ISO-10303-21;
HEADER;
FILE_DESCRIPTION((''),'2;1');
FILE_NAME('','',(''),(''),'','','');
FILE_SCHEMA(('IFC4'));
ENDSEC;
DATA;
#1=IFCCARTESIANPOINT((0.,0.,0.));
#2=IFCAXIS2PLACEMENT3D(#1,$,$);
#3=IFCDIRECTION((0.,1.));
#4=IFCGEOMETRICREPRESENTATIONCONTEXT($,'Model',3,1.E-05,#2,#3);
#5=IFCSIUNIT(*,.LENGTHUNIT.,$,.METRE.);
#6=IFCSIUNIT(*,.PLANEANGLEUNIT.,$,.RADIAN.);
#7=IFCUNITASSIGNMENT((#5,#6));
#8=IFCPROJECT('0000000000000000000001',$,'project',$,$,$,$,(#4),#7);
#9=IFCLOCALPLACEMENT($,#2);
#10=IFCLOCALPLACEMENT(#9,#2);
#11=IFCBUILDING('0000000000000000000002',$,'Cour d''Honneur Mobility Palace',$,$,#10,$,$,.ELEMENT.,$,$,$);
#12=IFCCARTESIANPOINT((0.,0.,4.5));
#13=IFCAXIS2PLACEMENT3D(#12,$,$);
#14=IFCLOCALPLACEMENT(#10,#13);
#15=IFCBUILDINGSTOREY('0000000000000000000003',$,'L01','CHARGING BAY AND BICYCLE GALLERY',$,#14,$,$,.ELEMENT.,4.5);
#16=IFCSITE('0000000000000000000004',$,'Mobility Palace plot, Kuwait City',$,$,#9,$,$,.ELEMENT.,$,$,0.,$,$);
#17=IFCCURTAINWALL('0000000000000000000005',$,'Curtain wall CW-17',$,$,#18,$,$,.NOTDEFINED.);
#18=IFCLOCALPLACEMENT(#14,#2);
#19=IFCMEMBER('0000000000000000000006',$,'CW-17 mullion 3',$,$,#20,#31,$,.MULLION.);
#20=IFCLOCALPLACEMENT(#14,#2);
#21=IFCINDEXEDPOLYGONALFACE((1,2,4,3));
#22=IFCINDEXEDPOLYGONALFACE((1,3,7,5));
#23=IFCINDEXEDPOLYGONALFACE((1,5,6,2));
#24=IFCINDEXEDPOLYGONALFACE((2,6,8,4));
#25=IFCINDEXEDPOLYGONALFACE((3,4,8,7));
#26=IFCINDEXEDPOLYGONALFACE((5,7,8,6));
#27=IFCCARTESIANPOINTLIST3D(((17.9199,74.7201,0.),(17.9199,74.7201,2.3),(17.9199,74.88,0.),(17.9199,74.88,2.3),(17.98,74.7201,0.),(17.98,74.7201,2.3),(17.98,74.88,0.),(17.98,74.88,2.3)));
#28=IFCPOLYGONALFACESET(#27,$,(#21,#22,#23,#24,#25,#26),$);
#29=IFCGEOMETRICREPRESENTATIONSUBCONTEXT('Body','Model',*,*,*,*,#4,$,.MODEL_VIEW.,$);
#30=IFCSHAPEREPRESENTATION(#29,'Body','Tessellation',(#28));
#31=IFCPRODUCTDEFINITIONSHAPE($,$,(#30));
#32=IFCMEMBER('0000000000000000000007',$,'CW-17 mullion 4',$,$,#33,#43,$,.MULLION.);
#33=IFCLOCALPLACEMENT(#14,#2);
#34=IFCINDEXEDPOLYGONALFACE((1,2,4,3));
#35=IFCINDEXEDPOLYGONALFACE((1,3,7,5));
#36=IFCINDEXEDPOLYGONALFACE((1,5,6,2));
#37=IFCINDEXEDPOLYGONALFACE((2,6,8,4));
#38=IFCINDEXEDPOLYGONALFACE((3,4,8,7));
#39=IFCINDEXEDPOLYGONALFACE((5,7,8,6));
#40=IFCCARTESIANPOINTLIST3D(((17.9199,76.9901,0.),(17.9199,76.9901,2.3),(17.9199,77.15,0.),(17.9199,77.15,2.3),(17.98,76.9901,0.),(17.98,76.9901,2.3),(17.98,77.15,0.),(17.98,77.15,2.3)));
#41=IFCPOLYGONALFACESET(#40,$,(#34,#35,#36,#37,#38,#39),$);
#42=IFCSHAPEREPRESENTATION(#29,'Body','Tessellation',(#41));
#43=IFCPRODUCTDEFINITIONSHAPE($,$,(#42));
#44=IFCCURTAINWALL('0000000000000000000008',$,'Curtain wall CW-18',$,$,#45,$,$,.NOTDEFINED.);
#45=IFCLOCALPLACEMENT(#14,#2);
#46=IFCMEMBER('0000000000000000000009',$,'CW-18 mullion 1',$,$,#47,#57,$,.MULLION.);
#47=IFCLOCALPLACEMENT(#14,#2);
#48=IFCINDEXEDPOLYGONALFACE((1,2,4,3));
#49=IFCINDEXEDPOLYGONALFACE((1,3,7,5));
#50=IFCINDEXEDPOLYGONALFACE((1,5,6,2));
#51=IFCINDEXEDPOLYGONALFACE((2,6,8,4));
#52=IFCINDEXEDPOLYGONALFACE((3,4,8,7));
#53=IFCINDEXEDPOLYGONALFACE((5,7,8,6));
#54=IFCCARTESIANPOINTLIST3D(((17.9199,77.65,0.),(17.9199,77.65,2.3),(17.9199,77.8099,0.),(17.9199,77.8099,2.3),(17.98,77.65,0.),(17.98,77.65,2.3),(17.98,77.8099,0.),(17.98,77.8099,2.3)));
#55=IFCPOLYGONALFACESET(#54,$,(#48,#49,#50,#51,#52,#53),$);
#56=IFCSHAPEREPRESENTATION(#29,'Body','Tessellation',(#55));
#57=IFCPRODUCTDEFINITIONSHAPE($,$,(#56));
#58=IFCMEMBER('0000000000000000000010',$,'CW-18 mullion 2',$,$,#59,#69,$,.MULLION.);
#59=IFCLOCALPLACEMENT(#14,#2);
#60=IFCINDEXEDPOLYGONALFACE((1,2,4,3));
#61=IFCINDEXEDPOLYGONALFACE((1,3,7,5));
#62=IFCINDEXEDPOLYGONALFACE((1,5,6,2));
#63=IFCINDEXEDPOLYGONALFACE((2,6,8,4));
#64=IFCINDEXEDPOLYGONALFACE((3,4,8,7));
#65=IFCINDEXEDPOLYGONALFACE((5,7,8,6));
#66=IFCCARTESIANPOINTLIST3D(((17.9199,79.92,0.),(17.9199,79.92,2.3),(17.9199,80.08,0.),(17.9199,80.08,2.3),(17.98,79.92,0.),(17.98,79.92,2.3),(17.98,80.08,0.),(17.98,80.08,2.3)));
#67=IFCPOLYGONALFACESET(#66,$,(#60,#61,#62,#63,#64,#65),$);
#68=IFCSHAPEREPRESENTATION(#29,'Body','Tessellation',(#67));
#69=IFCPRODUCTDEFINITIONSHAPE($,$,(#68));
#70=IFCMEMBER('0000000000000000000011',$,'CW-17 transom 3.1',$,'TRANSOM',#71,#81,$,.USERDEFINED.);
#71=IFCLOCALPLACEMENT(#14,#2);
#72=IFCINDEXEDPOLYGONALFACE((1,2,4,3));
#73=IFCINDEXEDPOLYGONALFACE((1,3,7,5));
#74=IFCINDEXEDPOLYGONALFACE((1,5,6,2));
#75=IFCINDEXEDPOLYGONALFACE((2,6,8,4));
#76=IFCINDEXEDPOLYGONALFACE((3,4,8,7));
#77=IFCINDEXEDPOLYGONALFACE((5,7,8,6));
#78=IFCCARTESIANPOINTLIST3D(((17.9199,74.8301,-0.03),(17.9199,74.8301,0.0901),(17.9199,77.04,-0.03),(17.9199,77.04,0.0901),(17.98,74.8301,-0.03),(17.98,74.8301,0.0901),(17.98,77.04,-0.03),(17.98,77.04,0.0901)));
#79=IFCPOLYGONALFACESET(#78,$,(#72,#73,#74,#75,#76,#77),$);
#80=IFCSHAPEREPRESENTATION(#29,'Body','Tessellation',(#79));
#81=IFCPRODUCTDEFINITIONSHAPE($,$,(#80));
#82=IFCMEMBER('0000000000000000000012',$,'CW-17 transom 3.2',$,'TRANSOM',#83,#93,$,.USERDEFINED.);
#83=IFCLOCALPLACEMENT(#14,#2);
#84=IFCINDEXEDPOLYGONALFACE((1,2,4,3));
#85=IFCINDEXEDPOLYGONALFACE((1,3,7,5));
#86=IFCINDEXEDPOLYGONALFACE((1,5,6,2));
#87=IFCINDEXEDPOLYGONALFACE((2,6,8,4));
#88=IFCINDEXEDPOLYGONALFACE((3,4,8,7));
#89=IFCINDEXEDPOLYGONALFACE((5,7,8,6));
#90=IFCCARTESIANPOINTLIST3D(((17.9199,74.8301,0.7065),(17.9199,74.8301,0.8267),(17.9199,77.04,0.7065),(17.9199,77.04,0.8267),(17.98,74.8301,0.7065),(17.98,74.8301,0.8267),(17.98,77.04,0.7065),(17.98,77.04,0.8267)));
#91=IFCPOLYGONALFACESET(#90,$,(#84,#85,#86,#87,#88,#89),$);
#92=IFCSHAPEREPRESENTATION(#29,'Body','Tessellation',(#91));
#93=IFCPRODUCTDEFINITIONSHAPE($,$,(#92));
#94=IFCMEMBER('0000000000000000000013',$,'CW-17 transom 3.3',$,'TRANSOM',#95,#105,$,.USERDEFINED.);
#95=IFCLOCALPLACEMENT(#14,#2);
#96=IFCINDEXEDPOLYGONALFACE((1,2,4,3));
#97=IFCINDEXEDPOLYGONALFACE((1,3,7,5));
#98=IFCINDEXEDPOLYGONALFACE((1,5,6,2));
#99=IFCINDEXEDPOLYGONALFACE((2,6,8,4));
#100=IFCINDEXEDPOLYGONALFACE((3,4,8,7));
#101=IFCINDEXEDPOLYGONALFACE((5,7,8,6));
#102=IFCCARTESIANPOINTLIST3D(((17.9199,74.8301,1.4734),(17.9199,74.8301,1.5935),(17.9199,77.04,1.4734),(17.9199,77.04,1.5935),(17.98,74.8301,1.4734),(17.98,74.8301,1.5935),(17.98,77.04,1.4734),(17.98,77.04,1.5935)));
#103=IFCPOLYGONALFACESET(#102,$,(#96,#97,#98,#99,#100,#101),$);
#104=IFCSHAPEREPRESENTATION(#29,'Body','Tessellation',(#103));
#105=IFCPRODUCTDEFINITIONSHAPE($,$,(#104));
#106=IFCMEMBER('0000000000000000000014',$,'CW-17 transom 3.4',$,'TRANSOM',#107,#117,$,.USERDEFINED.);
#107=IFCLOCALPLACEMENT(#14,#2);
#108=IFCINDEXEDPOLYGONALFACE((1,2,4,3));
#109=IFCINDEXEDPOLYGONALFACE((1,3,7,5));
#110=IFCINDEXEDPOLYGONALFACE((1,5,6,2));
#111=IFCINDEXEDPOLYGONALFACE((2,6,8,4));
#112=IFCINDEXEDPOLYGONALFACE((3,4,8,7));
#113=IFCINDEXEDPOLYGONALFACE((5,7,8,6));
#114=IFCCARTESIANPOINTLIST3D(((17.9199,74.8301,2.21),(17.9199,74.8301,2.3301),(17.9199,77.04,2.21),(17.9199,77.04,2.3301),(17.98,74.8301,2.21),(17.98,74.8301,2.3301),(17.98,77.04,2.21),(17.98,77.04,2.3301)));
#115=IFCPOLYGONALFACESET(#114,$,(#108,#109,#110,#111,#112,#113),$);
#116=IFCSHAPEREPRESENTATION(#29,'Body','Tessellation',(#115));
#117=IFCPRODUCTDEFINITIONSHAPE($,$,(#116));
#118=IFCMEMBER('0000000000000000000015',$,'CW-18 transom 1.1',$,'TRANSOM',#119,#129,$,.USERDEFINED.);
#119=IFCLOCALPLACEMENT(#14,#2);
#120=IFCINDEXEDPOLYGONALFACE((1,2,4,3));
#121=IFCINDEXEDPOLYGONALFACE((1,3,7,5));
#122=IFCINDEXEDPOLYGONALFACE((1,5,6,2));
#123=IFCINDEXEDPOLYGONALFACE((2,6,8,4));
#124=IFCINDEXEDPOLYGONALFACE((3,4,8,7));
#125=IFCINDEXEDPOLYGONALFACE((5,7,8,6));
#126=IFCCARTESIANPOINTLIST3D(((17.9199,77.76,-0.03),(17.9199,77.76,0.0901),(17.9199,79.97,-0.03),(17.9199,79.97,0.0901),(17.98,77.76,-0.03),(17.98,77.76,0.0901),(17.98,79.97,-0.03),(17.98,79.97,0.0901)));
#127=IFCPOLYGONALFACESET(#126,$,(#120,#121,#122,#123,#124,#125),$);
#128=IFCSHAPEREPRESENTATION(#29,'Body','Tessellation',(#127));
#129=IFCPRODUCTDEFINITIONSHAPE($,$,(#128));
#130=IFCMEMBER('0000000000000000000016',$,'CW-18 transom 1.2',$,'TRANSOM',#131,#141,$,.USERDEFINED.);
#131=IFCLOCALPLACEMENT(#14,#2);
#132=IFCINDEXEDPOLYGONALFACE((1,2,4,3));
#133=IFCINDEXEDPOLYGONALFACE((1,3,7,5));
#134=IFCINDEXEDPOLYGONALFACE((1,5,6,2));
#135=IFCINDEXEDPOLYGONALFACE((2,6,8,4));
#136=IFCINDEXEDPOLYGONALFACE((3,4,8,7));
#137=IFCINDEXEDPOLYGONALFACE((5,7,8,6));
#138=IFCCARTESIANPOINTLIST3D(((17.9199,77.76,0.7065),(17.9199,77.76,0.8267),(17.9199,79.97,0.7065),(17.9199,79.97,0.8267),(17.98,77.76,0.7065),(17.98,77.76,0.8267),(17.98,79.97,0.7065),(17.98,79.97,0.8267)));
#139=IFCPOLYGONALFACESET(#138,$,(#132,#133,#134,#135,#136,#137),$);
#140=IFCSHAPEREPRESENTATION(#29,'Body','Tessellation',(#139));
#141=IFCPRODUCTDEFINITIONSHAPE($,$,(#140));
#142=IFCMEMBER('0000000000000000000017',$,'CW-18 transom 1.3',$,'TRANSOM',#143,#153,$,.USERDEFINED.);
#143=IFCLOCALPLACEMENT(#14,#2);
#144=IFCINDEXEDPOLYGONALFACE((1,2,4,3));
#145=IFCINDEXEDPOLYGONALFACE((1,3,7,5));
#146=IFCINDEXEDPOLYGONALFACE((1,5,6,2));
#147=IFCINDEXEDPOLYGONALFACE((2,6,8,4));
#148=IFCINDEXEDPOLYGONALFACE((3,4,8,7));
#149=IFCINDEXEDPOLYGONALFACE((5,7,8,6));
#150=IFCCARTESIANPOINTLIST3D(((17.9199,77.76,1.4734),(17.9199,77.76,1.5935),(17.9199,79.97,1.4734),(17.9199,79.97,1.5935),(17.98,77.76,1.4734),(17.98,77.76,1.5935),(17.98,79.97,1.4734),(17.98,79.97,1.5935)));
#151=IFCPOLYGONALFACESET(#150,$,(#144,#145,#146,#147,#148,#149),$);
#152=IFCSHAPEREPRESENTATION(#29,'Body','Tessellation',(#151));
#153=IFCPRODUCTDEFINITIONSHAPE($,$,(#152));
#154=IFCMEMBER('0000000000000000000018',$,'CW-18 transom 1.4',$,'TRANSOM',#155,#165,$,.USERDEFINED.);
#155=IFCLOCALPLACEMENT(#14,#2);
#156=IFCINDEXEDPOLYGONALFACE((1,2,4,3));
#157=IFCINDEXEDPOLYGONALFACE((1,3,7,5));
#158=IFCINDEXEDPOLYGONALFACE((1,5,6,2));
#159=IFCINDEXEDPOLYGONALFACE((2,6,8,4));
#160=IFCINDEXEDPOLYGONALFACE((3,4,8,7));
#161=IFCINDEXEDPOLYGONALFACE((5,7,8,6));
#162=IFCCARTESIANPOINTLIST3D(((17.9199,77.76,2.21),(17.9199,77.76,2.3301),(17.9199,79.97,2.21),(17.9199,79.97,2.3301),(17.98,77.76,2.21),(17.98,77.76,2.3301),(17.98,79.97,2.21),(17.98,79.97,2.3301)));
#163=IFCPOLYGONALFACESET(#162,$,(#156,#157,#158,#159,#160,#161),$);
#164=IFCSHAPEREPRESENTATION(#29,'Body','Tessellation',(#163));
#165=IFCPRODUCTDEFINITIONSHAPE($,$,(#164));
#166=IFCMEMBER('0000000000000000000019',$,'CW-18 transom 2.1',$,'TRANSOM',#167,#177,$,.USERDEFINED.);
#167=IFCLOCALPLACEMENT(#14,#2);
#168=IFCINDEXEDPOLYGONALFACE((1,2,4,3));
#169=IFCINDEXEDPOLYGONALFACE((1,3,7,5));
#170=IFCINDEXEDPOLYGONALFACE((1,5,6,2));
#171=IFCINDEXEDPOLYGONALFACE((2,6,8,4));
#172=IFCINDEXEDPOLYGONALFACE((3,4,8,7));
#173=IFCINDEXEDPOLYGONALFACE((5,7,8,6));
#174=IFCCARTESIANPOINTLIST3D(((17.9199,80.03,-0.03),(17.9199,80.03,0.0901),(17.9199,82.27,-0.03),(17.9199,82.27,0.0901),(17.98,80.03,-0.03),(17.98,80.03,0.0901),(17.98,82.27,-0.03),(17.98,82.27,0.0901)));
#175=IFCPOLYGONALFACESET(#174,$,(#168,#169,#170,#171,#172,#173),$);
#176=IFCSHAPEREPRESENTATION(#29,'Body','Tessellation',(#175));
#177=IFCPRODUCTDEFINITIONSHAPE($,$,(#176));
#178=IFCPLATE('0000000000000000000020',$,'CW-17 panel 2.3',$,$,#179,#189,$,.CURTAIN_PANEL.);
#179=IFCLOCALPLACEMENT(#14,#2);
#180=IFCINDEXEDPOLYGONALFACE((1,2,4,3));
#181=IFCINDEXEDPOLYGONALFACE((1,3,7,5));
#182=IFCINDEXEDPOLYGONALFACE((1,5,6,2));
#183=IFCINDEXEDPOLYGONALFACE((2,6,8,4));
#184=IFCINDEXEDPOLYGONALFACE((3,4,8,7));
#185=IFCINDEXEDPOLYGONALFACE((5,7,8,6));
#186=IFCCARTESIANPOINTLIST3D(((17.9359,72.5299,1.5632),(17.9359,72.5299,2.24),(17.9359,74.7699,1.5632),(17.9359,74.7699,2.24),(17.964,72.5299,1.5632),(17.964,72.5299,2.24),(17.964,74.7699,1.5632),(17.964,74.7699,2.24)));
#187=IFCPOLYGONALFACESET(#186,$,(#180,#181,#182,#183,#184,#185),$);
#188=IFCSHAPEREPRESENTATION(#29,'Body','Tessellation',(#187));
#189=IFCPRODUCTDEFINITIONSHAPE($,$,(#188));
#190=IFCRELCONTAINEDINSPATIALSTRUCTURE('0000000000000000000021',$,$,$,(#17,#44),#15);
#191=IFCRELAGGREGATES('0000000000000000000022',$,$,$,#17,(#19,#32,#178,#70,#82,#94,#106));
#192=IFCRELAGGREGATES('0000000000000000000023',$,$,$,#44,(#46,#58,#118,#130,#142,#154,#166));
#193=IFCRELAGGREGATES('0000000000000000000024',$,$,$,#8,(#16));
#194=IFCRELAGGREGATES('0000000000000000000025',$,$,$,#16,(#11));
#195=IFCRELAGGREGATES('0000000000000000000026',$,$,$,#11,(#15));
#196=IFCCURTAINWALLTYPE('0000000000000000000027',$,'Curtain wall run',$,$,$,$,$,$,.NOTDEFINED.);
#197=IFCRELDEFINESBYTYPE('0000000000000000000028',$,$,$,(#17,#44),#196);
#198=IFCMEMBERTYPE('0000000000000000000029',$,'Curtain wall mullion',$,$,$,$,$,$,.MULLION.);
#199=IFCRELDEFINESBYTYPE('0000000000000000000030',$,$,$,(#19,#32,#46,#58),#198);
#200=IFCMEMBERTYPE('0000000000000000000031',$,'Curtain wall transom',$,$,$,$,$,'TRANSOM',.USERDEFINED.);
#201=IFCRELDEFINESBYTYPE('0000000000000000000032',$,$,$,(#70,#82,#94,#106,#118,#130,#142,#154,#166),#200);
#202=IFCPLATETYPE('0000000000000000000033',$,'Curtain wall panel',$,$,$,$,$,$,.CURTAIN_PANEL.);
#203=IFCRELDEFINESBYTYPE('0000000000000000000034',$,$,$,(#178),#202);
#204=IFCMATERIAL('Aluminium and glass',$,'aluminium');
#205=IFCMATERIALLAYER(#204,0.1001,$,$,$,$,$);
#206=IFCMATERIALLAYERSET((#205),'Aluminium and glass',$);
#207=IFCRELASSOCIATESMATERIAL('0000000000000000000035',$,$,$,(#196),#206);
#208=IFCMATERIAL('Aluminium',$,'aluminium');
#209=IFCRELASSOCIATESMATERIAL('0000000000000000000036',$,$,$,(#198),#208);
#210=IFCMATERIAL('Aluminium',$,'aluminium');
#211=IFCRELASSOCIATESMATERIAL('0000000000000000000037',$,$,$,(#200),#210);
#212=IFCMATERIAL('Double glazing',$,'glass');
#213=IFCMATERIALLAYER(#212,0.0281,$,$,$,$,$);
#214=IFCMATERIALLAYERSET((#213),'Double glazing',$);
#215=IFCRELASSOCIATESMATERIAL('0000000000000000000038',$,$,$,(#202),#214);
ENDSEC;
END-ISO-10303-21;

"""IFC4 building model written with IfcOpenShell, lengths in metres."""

from ifc_helpers import new_model, si_unit, direction, frame, origin, origin_2d, place, context, subcontext, project, spatial, rectangle, extrude, material, layer, layer_set, material_profile, profile_set, type_object, element, aggregate, save


model = new_model("IFC4")

# Units and contexts
model_context = context("Model", 3, precision=1e-05, world=origin(), true_north=direction((0.0, 1.0)))
body_context = subcontext(model_context, "Body", "Model", "MODEL_VIEW")
ifc_project = project(units=[si_unit("LENGTHUNIT", "METRE"), si_unit("PLANEANGLEUNIT", "RADIAN")], contexts=[model_context])

# Site, building, storey
site_placement = place(None, origin())
site = spatial("IfcSite", under=ifc_project, at=site_placement, Name="Mobility Palace plot, Kuwait City", CompositionType="ELEMENT", RefElevation=0.0)
building_placement = place(site_placement, origin())
building = spatial("IfcBuilding", under=site, at=building_placement, Name="Cour d'Honneur Mobility Palace", CompositionType="ELEMENT")
storey_placement = place(building_placement, frame((0.0, 0.0, 4.5)))
storey = spatial("IfcBuildingStorey", under=building, at=storey_placement, Name="L01", Description="CHARGING BAY AND BICYCLE GALLERY", CompositionType="ELEMENT", Elevation=4.5)

# Curtain walls, members
ifc_material_1 = material(Name="Aluminium and glass", Category="aluminium")
ifc_layer_1 = layer(ifc_material_1, 0.1001)
ifc_layer_set_1 = layer_set([ifc_layer_1], Name="Aluminium and glass")
curtain_wall_type = type_object("IfcCurtainWallType", Name="Curtain wall run", PredefinedType="NOTDEFINED", material=ifc_layer_set_1)
curtain_wall_1_placement = place(storey_placement, origin())
curtain_wall_1 = element("IfcCurtainWall", 1, at=curtain_wall_1_placement, inside=storey, type_object=curtain_wall_type, Name="Curtain wall CW-17", PredefinedType="NOTDEFINED")
ifc_material_2 = material(Name="Aluminium", Category="aluminium")
ifc_material_profile_1 = material_profile(ifc_material_2, rectangle(XDim=0.0601, YDim=0.1599, at=origin_2d()), Name="Curtain wall mullion")
ifc_profile_set_1 = profile_set([ifc_material_profile_1], Name="Aluminium")
member_type_1 = type_object("IfcMemberType", Name="Curtain wall mullion", PredefinedType="MULLION", material=ifc_profile_set_1)
member_1_placement = place(storey_placement, frame((17.95, 74.8, 0.0), z_axis=(0.0, 0.0, 1.0), x_axis=(-1.0, 0.0, 0.0)))
member_1 = element("IfcMember", 2, at=member_1_placement, type_object=member_type_1, Name="CW-17 mullion 3", PredefinedType="MULLION", context=body_context, shape_type="SweptSolid", body=[
    extrude(rectangle(XDim=0.0601, YDim=0.1599, at=origin_2d()), origin(), (0.0, 0.0, 1.0), 2.3),
])
member_2_placement = place(storey_placement, frame((17.95, 77.0701, 0.0), z_axis=(0.0, 0.0, 1.0), x_axis=(-1.0, 0.0, 0.0)))
member_2 = element("IfcMember", 3, at=member_2_placement, type_object=member_type_1, Name="CW-17 mullion 4", PredefinedType="MULLION", context=body_context, shape_type="SweptSolid", body=[
    extrude(rectangle(XDim=0.0601, YDim=0.1599, at=origin_2d()), origin(), (0.0, 0.0, 1.0), 2.3),
])
curtain_wall_2_placement = place(storey_placement, origin())
curtain_wall_2 = element("IfcCurtainWall", 4, at=curtain_wall_2_placement, inside=storey, type_object=curtain_wall_type, Name="Curtain wall CW-18", PredefinedType="NOTDEFINED")
member_3_placement = place(storey_placement, frame((17.95, 77.73, 0.0), z_axis=(0.0, 0.0, 1.0), x_axis=(-1.0, 0.0, 0.0)))
member_3 = element("IfcMember", 5, at=member_3_placement, type_object=member_type_1, Name="CW-18 mullion 1", PredefinedType="MULLION", context=body_context, shape_type="SweptSolid", body=[
    extrude(rectangle(XDim=0.0601, YDim=0.1599, at=origin_2d()), origin(), (0.0, 0.0, 1.0), 2.3),
])
member_4_placement = place(storey_placement, frame((17.95, 80.0, 0.0), z_axis=(0.0, 0.0, 1.0), x_axis=(-1.0, 0.0, 0.0)))
member_4 = element("IfcMember", 6, at=member_4_placement, type_object=member_type_1, Name="CW-18 mullion 2", PredefinedType="MULLION", context=body_context, shape_type="SweptSolid", body=[
    extrude(rectangle(XDim=0.0601, YDim=0.1599, at=origin_2d()), origin(), (0.0, 0.0, 1.0), 2.3),
])

# Members
ifc_material_3 = material(Name="Aluminium", Category="aluminium")
ifc_material_profile_2 = material_profile(ifc_material_3, rectangle(XDim=0.0601, YDim=0.1201, at=origin_2d()), Name="Curtain wall transom")
ifc_profile_set_2 = profile_set([ifc_material_profile_2], Name="Aluminium")
member_type_2 = type_object("IfcMemberType", Name="Curtain wall transom", ElementType="TRANSOM", PredefinedType="USERDEFINED", material=ifc_profile_set_2)
member_5_placement = place(storey_placement, frame((17.95, 74.8301, 0.03), z_axis=(0.0, 1.0, 0.0), x_axis=(-1.0, 0.0, 0.0)))
member_5 = element("IfcMember", 7, at=member_5_placement, type_object=member_type_2, Name="CW-17 transom 3.1", ObjectType="TRANSOM", PredefinedType="USERDEFINED", context=body_context, shape_type="SweptSolid", body=[
    extrude(rectangle(XDim=0.0601, YDim=0.1201, at=origin_2d()), origin(), (0.0, 0.0, 1.0), 2.21),
])
member_6_placement = place(storey_placement, frame((17.95, 74.8301, 0.7666), z_axis=(0.0, 1.0, 0.0), x_axis=(-1.0, 0.0, 0.0)))
member_6 = element("IfcMember", 8, at=member_6_placement, type_object=member_type_2, Name="CW-17 transom 3.2", ObjectType="TRANSOM", PredefinedType="USERDEFINED", context=body_context, shape_type="SweptSolid", body=[
    extrude(rectangle(XDim=0.0601, YDim=0.1201, at=origin_2d()), origin(), (0.0, 0.0, 1.0), 2.21),
])
member_7_placement = place(storey_placement, frame((17.95, 74.8301, 1.5334), z_axis=(0.0, 1.0, 0.0), x_axis=(-1.0, 0.0, 0.0)))
member_7 = element("IfcMember", 9, at=member_7_placement, type_object=member_type_2, Name="CW-17 transom 3.3", ObjectType="TRANSOM", PredefinedType="USERDEFINED", context=body_context, shape_type="SweptSolid", body=[
    extrude(rectangle(XDim=0.0601, YDim=0.1201, at=origin_2d()), origin(), (0.0, 0.0, 1.0), 2.21),
])
member_8_placement = place(storey_placement, frame((17.95, 74.8301, 2.27), z_axis=(0.0, 1.0, 0.0), x_axis=(-1.0, 0.0, 0.0)))
member_8 = element("IfcMember", 10, at=member_8_placement, type_object=member_type_2, Name="CW-17 transom 3.4", ObjectType="TRANSOM", PredefinedType="USERDEFINED", context=body_context, shape_type="SweptSolid", body=[
    extrude(rectangle(XDim=0.0601, YDim=0.1201, at=origin_2d()), origin(), (0.0, 0.0, 1.0), 2.21),
])
member_9_placement = place(storey_placement, frame((17.95, 77.76, 0.03), z_axis=(0.0, 1.0, 0.0), x_axis=(-1.0, 0.0, 0.0)))
member_9 = element("IfcMember", 11, at=member_9_placement, type_object=member_type_2, Name="CW-18 transom 1.1", ObjectType="TRANSOM", PredefinedType="USERDEFINED", context=body_context, shape_type="SweptSolid", body=[
    extrude(rectangle(XDim=0.0601, YDim=0.1201, at=origin_2d()), origin(), (0.0, 0.0, 1.0), 2.21),
])
member_10_placement = place(storey_placement, frame((17.95, 77.76, 0.7666), z_axis=(0.0, 1.0, 0.0), x_axis=(-1.0, 0.0, 0.0)))
member_10 = element("IfcMember", 12, at=member_10_placement, type_object=member_type_2, Name="CW-18 transom 1.2", ObjectType="TRANSOM", PredefinedType="USERDEFINED", context=body_context, shape_type="SweptSolid", body=[
    extrude(rectangle(XDim=0.0601, YDim=0.1201, at=origin_2d()), origin(), (0.0, 0.0, 1.0), 2.21),
])
member_11_placement = place(storey_placement, frame((17.95, 77.76, 1.5334), z_axis=(0.0, 1.0, 0.0), x_axis=(-1.0, 0.0, 0.0)))
member_11 = element("IfcMember", 13, at=member_11_placement, type_object=member_type_2, Name="CW-18 transom 1.3", ObjectType="TRANSOM", PredefinedType="USERDEFINED", context=body_context, shape_type="SweptSolid", body=[
    extrude(rectangle(XDim=0.0601, YDim=0.1201, at=origin_2d()), origin(), (0.0, 0.0, 1.0), 2.21),
])
member_12_placement = place(storey_placement, frame((17.95, 77.76, 2.27), z_axis=(0.0, 1.0, 0.0), x_axis=(-1.0, 0.0, 0.0)))
member_12 = element("IfcMember", 14, at=member_12_placement, type_object=member_type_2, Name="CW-18 transom 1.4", ObjectType="TRANSOM", PredefinedType="USERDEFINED", context=body_context, shape_type="SweptSolid", body=[
    extrude(rectangle(XDim=0.0601, YDim=0.1201, at=origin_2d()), origin(), (0.0, 0.0, 1.0), 2.21),
])
member_13_placement = place(storey_placement, frame((17.95, 80.03, 0.03), z_axis=(0.0, 1.0, 0.0), x_axis=(-1.0, 0.0, 0.0)))
member_13 = element("IfcMember", 15, at=member_13_placement, type_object=member_type_2, Name="CW-18 transom 2.1", ObjectType="TRANSOM", PredefinedType="USERDEFINED", context=body_context, shape_type="SweptSolid", body=[
    extrude(rectangle(XDim=0.0601, YDim=0.1201, at=origin_2d()), origin(), (0.0, 0.0, 1.0), 2.24),
])

# Plate
ifc_material_4 = material(Name="Double glazing", Category="glass")
ifc_layer_2 = layer(ifc_material_4, 0.0281)
ifc_layer_set_2 = layer_set([ifc_layer_2], Name="Double glazing")
plate_type = type_object("IfcPlateType", Name="Curtain wall panel", PredefinedType="CURTAIN_PANEL", material=ifc_layer_set_2)
plate_1_placement = place(storey_placement, frame((17.95, 73.6499, 1.5632), z_axis=(0.0, 0.0, 1.0), x_axis=(0.0, 1.0, 0.0)))
plate_1 = element("IfcPlate", 16, at=plate_1_placement, type_object=plate_type, Name="CW-17 panel 2.3", PredefinedType="CURTAIN_PANEL", context=body_context, shape_type="SweptSolid", body=[
    extrude(rectangle(XDim=2.24, YDim=0.0281, at=origin_2d()), origin(), (0.0, 0.0, 1.0), 0.6768),
])
aggregate(curtain_wall_1, [member_1, member_2, plate_1, member_5, member_6, member_7, member_8])
aggregate(curtain_wall_2, [member_3, member_4, member_9, member_10, member_11, member_12, member_13])

save(model, "model.ifc")
